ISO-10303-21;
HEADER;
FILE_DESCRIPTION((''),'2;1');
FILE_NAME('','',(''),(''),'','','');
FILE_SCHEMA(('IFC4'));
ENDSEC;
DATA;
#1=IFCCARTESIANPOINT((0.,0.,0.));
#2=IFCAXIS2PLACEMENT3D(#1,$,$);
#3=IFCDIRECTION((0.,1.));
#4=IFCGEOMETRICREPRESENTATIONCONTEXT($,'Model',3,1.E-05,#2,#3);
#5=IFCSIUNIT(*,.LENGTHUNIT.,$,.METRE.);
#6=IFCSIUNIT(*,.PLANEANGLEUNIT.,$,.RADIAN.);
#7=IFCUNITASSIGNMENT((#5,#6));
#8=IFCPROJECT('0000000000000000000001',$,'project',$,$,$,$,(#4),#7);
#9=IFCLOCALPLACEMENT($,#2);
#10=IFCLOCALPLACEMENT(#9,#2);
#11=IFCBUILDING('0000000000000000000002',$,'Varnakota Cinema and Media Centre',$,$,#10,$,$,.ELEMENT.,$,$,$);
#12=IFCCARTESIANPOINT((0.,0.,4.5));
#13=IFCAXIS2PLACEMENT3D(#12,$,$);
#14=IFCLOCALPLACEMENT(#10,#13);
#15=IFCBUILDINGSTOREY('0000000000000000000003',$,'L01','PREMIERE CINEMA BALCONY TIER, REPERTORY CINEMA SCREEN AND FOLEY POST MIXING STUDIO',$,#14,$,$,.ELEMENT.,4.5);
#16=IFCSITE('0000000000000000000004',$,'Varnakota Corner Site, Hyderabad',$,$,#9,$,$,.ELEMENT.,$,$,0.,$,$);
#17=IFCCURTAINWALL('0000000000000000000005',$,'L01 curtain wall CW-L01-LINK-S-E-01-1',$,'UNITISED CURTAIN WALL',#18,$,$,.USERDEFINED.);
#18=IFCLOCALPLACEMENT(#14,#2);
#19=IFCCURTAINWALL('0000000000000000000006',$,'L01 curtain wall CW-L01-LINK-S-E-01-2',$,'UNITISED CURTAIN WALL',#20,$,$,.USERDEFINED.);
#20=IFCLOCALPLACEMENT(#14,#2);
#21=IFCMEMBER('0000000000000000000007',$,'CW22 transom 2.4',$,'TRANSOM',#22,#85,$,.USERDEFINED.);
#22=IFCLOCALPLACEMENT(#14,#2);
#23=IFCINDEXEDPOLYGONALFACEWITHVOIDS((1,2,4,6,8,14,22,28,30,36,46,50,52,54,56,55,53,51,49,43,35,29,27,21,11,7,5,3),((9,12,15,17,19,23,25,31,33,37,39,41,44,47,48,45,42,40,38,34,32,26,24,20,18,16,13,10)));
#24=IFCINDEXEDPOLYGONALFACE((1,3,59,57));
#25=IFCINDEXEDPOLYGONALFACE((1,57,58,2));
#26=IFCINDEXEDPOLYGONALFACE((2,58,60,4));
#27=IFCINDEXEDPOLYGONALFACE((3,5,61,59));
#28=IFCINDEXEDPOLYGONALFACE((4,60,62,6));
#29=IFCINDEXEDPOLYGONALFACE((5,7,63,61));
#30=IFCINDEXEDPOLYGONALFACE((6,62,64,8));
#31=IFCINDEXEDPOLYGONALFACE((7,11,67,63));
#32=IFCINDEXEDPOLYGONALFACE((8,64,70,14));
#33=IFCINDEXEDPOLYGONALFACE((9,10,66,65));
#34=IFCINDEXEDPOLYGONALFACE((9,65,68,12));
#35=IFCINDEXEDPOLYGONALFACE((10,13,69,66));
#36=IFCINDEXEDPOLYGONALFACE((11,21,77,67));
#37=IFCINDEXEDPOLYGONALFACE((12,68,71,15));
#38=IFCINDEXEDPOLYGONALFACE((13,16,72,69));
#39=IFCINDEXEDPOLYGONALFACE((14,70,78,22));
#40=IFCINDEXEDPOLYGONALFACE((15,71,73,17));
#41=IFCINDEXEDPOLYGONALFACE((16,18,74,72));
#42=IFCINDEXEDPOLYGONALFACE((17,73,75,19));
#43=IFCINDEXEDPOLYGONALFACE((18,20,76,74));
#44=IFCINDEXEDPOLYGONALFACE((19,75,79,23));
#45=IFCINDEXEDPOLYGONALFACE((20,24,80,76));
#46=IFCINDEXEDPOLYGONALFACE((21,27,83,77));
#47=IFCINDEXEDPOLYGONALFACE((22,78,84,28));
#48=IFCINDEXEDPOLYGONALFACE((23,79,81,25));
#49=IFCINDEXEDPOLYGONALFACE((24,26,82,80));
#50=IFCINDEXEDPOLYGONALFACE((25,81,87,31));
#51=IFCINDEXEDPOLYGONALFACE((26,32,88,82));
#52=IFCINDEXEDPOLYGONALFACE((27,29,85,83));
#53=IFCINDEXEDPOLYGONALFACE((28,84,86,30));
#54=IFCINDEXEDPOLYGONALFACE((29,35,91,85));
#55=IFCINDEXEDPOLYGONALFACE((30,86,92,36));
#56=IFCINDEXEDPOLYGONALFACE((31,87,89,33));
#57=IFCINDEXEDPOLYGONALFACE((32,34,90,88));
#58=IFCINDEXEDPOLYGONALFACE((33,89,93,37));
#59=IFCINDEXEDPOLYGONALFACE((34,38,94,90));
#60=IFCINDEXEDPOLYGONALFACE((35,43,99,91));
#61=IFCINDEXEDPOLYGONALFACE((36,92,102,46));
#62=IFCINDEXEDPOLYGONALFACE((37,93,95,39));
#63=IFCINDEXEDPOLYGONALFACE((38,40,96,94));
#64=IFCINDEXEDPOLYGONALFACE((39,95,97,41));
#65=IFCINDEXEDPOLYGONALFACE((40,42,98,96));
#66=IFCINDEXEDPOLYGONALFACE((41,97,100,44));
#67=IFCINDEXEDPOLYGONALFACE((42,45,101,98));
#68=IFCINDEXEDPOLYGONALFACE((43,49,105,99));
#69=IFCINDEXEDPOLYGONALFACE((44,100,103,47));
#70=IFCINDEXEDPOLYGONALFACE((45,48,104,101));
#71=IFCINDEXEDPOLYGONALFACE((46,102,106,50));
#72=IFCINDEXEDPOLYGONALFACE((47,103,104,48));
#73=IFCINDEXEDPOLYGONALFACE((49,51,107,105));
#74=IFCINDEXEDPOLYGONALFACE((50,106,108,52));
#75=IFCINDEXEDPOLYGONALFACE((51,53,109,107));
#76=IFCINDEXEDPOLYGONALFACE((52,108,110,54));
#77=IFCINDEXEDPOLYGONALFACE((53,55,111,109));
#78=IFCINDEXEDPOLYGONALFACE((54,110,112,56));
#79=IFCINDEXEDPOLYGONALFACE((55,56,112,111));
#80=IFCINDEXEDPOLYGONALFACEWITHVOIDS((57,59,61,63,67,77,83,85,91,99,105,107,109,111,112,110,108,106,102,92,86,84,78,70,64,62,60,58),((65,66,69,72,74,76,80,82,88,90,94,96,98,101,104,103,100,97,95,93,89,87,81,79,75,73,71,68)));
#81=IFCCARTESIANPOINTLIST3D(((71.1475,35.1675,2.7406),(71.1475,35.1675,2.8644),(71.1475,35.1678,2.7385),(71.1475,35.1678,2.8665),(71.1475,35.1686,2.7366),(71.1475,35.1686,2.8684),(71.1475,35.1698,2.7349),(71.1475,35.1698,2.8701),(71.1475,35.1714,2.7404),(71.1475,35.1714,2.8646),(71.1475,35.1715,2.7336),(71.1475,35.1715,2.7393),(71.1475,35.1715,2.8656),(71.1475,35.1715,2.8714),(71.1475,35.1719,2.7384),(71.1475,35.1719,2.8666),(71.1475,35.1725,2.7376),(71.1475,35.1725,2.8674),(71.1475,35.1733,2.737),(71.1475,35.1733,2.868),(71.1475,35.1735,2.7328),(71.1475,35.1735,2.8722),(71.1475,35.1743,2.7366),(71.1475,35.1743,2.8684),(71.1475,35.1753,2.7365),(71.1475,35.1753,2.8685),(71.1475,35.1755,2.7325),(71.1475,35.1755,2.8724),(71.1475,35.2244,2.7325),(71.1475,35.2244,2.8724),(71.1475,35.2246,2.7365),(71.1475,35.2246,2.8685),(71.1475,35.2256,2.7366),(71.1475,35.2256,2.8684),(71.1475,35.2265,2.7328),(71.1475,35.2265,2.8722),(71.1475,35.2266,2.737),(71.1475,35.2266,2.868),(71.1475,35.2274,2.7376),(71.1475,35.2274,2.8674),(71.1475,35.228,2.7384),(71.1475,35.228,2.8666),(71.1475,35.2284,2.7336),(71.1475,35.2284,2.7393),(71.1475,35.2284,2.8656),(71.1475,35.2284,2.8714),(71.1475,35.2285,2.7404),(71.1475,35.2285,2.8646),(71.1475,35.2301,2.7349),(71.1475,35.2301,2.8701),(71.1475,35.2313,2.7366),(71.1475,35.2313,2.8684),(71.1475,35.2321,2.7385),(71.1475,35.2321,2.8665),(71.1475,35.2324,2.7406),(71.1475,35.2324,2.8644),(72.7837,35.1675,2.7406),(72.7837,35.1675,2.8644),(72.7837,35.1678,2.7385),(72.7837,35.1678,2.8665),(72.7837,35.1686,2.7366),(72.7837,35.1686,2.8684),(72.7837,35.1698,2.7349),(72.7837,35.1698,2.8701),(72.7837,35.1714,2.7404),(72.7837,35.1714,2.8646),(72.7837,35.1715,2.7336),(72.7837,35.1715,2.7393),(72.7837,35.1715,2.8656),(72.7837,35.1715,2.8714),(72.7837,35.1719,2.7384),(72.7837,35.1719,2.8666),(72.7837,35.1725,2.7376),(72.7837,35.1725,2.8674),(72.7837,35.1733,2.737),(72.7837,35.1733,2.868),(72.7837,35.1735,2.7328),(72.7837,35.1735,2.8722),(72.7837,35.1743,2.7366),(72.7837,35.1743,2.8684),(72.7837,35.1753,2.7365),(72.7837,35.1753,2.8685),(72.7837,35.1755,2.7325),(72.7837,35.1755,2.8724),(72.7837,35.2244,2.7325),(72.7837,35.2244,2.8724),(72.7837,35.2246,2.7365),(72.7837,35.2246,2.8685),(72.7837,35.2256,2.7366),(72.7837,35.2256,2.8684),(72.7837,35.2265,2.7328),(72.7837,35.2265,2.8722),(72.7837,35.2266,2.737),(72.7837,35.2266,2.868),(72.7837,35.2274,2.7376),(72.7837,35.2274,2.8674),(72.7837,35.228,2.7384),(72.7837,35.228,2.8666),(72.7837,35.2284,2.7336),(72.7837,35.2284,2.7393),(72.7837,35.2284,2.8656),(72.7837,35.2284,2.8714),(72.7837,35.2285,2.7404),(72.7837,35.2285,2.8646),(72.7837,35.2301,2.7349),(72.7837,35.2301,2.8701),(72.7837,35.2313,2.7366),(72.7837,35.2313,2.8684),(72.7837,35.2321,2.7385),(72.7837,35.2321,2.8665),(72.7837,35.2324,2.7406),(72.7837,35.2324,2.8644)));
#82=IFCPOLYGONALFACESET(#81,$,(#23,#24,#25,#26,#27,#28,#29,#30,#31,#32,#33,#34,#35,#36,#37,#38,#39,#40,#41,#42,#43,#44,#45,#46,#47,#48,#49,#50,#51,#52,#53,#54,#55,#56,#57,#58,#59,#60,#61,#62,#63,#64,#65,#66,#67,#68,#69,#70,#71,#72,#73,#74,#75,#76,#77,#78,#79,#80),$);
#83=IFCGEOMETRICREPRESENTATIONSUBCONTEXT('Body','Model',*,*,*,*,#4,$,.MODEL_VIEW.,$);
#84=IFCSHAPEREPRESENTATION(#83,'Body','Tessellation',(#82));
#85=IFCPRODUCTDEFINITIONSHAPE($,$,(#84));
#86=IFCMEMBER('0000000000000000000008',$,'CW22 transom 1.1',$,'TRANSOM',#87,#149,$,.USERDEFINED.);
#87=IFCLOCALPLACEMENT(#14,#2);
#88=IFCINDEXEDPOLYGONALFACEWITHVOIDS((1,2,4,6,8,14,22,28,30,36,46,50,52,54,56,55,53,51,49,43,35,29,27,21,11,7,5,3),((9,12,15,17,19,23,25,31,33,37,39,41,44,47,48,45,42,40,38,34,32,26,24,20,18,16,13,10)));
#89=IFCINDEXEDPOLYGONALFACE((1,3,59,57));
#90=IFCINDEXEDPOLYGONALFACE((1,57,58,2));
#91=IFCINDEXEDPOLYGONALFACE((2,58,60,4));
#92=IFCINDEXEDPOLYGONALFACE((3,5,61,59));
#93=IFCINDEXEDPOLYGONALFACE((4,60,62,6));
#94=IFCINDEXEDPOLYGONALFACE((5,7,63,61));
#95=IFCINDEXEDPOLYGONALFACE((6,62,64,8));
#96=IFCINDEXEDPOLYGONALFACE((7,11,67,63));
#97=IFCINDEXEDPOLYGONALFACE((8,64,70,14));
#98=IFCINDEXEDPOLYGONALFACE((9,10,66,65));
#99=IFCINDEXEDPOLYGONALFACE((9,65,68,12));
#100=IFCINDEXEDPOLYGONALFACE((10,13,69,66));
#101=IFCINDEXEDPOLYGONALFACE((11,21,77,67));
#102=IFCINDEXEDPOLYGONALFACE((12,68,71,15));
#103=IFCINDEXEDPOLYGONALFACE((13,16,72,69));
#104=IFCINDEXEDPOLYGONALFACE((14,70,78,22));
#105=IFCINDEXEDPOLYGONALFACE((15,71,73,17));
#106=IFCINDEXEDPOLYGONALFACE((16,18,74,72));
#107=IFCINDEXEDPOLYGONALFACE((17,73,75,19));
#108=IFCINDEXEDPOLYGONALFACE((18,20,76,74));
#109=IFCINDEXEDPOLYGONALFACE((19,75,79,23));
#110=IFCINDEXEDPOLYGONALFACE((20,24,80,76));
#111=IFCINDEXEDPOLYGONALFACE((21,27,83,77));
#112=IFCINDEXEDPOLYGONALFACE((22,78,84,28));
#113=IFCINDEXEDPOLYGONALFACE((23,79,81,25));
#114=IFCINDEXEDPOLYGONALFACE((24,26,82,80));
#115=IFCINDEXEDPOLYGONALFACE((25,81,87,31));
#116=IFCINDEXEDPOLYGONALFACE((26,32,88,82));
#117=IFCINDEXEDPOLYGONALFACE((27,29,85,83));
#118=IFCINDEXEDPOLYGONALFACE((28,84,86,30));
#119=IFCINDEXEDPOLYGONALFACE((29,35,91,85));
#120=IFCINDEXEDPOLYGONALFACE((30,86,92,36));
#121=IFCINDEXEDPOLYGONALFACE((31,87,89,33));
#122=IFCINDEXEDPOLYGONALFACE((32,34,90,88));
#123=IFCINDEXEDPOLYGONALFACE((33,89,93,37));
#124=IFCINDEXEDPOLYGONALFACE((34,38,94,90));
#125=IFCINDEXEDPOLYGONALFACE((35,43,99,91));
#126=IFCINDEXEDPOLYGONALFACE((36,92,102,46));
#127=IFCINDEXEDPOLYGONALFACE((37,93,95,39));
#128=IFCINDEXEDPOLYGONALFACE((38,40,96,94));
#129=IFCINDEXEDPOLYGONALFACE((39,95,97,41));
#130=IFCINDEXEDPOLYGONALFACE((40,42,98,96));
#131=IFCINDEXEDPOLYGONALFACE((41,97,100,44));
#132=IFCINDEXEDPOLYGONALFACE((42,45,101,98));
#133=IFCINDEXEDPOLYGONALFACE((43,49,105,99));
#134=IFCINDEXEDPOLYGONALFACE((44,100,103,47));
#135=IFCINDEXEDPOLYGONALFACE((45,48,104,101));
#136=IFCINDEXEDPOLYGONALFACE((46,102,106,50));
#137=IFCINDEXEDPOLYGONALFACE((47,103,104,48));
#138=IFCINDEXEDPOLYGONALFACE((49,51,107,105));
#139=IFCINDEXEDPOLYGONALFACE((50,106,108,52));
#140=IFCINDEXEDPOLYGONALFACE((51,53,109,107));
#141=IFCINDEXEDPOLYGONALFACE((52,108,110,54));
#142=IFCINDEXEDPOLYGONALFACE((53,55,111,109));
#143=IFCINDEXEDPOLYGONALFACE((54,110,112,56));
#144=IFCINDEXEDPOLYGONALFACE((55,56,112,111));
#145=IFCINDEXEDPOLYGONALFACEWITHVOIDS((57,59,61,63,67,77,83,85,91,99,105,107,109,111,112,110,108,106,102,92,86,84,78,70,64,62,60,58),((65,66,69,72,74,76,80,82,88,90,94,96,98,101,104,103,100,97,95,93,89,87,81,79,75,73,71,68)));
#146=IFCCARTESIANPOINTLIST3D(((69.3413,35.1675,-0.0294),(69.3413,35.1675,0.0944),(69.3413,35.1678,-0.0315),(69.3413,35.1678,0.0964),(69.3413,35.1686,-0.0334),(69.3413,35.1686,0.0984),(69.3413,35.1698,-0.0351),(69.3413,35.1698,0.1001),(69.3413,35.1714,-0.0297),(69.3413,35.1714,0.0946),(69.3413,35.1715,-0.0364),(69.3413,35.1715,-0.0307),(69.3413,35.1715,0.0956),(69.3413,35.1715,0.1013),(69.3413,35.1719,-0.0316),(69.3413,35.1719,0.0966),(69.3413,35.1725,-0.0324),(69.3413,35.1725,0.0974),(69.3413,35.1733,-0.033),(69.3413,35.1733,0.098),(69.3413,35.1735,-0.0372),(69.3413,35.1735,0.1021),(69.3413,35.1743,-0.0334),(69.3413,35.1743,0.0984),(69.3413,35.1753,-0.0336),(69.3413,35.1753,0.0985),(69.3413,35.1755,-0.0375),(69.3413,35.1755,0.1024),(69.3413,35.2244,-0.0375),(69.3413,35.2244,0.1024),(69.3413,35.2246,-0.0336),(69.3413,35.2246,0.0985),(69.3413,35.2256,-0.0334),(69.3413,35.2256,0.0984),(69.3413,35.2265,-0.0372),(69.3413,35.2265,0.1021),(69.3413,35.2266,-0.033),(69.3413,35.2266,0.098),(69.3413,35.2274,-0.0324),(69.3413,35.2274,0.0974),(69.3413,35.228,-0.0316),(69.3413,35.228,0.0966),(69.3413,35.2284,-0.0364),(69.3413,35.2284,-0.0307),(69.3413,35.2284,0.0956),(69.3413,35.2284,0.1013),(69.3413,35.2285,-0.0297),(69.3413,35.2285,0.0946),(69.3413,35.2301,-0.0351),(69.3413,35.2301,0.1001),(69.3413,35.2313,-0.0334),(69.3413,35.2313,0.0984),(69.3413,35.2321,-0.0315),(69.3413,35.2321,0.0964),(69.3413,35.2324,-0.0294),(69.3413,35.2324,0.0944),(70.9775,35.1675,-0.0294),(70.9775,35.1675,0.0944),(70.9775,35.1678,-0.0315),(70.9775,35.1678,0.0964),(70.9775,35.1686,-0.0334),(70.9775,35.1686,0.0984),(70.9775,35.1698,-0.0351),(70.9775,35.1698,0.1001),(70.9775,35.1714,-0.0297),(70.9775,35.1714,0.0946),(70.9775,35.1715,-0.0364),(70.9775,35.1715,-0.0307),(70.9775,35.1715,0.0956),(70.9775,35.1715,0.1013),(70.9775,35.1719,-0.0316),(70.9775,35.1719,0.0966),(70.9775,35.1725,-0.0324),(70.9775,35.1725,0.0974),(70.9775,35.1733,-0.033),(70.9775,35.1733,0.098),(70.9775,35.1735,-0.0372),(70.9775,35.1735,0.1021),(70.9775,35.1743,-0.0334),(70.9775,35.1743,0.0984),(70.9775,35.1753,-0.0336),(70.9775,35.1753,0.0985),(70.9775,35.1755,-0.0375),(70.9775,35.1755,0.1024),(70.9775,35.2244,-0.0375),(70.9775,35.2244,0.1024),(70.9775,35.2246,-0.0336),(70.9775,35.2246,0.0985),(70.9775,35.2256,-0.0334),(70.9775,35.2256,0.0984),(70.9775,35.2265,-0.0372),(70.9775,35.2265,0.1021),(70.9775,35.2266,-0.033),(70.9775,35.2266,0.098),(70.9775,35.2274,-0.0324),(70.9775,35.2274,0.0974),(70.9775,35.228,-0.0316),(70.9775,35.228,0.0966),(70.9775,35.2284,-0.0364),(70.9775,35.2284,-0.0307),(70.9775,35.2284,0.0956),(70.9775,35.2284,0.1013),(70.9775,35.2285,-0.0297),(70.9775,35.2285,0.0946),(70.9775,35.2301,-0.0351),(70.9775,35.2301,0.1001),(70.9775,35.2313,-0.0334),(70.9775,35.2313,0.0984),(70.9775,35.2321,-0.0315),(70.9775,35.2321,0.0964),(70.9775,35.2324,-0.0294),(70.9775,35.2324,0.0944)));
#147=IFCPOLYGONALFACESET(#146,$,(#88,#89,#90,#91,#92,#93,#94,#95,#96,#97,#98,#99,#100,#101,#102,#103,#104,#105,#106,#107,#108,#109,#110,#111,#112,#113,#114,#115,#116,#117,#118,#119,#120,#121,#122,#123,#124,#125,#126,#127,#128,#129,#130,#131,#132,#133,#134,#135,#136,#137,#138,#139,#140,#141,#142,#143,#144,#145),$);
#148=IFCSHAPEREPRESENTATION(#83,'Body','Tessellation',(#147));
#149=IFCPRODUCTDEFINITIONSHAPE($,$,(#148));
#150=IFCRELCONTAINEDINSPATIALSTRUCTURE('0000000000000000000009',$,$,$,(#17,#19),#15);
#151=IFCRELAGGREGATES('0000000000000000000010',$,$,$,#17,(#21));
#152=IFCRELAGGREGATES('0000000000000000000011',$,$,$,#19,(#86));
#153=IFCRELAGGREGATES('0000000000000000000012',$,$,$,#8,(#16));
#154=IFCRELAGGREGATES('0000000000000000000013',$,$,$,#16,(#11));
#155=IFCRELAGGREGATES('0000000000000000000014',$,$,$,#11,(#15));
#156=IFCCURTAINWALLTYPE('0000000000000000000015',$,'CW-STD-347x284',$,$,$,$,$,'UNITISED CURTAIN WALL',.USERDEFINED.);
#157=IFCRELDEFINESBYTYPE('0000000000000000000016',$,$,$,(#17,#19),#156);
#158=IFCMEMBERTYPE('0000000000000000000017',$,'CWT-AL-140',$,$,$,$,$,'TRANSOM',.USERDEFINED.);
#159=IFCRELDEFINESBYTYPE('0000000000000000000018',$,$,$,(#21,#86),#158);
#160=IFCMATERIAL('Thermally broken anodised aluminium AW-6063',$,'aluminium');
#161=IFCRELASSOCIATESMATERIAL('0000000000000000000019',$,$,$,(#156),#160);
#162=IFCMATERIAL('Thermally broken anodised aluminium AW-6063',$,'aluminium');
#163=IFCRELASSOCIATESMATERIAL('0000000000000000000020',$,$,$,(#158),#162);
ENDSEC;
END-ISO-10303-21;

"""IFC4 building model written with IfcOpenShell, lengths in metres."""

from ifc_helpers import new_model, si_unit, direction, frame, origin, origin_2d, place, context, subcontext, project, spatial, hollow_rectangle, extrude, material, material_profile, profile_set, type_object, element, aggregate, save


model = new_model("IFC4")

# Units and contexts
model_context = context("Model", 3, precision=1e-05, world=origin(), true_north=direction((0.0, 1.0)))
body_context = subcontext(model_context, "Body", "Model", "MODEL_VIEW")
ifc_project = project(units=[si_unit("LENGTHUNIT", "METRE"), si_unit("PLANEANGLEUNIT", "RADIAN")], contexts=[model_context])

# Site, building, storey
site_placement = place(None, origin())
site = spatial("IfcSite", under=ifc_project, at=site_placement, Name="Varnakota Corner Site, Hyderabad", CompositionType="ELEMENT", RefElevation=0.0)
building_placement = place(site_placement, origin())
building = spatial("IfcBuilding", under=site, at=building_placement, Name="Varnakota Cinema and Media Centre", CompositionType="ELEMENT")
storey_placement = place(building_placement, frame((0.0, 0.0, 4.5)))
storey = spatial("IfcBuildingStorey", under=building, at=storey_placement, Name="L01", Description="PREMIERE CINEMA BALCONY TIER, REPERTORY CINEMA SCREEN AND FOLEY POST MIXING STUDIO", CompositionType="ELEMENT", Elevation=4.5)

# Curtain wall
ifc_material_1 = material(Name="Thermally broken anodised aluminium AW-6063", Category="aluminium")
curtain_wall_type = type_object("IfcCurtainWallType", Name="CW-STD-347x284", ElementType="UNITISED CURTAIN WALL", PredefinedType="USERDEFINED", material=ifc_material_1)
curtain_wall_1_placement = place(storey_placement, origin())
curtain_wall_1 = element("IfcCurtainWall", 1, at=curtain_wall_1_placement, inside=storey, type_object=curtain_wall_type, Name="L01 curtain wall CW-L01-LINK-S-E-01-1", ObjectType="UNITISED CURTAIN WALL", PredefinedType="USERDEFINED")

# Curtain wall
curtain_wall_2_placement = place(storey_placement, origin())
curtain_wall_2 = element("IfcCurtainWall", 2, at=curtain_wall_2_placement, inside=storey, type_object=curtain_wall_type, Name="L01 curtain wall CW-L01-LINK-S-E-01-2", ObjectType="UNITISED CURTAIN WALL", PredefinedType="USERDEFINED")

# Members
ifc_material_2 = material(Name="Thermally broken anodised aluminium AW-6063", Category="aluminium")
ifc_material_profile_1 = material_profile(ifc_material_2, hollow_rectangle(XDim=0.0649, YDim=0.1399, WallThickness=0.0039, InnerFilletRadius=0.0039, OuterFilletRadius=0.0081, at=origin_2d()), Name="AL-TRANSOM 140x65x4")
ifc_profile_set_1 = profile_set([ifc_material_profile_1], Name="Thermally broken anodised aluminium AW-6063")
member_type_1 = type_object("IfcMemberType", Name="CWT-AL-140", ElementType="TRANSOM", PredefinedType="USERDEFINED", material=ifc_profile_set_1)
member_1_placement = place(storey_placement, frame((72.7837, 35.2, 2.8025), z_axis=(-1.0, 0.0, 0.0), x_axis=(0.0, -1.0, 0.0)))
member_1 = element("IfcMember", 3, at=member_1_placement, type_object=member_type_1, Name="CW22 transom 2.4", ObjectType="TRANSOM", PredefinedType="USERDEFINED", context=body_context, shape_type="SweptSolid", body=[
    extrude(hollow_rectangle(XDim=0.0649, YDim=0.1399, WallThickness=0.0039, InnerFilletRadius=0.0039, OuterFilletRadius=0.0081, at=origin_2d()), origin(), (0.0, 0.0, 1.0), 1.6362),
])
member_2_placement = place(storey_placement, frame((70.9775, 35.2, 0.0325), z_axis=(-1.0, 0.0, 0.0), x_axis=(0.0, -1.0, 0.0)))
member_2 = element("IfcMember", 4, at=member_2_placement, type_object=member_type_1, Name="CW22 transom 1.1", ObjectType="TRANSOM", PredefinedType="USERDEFINED", context=body_context, shape_type="SweptSolid", body=[
    extrude(hollow_rectangle(XDim=0.0649, YDim=0.1399, WallThickness=0.0039, InnerFilletRadius=0.0039, OuterFilletRadius=0.0081, at=origin_2d()), origin(), (0.0, 0.0, 1.0), 1.6362),
])

aggregate(curtain_wall_1, [member_1])
aggregate(curtain_wall_2, [member_2])

save(model, "model.ifc")
